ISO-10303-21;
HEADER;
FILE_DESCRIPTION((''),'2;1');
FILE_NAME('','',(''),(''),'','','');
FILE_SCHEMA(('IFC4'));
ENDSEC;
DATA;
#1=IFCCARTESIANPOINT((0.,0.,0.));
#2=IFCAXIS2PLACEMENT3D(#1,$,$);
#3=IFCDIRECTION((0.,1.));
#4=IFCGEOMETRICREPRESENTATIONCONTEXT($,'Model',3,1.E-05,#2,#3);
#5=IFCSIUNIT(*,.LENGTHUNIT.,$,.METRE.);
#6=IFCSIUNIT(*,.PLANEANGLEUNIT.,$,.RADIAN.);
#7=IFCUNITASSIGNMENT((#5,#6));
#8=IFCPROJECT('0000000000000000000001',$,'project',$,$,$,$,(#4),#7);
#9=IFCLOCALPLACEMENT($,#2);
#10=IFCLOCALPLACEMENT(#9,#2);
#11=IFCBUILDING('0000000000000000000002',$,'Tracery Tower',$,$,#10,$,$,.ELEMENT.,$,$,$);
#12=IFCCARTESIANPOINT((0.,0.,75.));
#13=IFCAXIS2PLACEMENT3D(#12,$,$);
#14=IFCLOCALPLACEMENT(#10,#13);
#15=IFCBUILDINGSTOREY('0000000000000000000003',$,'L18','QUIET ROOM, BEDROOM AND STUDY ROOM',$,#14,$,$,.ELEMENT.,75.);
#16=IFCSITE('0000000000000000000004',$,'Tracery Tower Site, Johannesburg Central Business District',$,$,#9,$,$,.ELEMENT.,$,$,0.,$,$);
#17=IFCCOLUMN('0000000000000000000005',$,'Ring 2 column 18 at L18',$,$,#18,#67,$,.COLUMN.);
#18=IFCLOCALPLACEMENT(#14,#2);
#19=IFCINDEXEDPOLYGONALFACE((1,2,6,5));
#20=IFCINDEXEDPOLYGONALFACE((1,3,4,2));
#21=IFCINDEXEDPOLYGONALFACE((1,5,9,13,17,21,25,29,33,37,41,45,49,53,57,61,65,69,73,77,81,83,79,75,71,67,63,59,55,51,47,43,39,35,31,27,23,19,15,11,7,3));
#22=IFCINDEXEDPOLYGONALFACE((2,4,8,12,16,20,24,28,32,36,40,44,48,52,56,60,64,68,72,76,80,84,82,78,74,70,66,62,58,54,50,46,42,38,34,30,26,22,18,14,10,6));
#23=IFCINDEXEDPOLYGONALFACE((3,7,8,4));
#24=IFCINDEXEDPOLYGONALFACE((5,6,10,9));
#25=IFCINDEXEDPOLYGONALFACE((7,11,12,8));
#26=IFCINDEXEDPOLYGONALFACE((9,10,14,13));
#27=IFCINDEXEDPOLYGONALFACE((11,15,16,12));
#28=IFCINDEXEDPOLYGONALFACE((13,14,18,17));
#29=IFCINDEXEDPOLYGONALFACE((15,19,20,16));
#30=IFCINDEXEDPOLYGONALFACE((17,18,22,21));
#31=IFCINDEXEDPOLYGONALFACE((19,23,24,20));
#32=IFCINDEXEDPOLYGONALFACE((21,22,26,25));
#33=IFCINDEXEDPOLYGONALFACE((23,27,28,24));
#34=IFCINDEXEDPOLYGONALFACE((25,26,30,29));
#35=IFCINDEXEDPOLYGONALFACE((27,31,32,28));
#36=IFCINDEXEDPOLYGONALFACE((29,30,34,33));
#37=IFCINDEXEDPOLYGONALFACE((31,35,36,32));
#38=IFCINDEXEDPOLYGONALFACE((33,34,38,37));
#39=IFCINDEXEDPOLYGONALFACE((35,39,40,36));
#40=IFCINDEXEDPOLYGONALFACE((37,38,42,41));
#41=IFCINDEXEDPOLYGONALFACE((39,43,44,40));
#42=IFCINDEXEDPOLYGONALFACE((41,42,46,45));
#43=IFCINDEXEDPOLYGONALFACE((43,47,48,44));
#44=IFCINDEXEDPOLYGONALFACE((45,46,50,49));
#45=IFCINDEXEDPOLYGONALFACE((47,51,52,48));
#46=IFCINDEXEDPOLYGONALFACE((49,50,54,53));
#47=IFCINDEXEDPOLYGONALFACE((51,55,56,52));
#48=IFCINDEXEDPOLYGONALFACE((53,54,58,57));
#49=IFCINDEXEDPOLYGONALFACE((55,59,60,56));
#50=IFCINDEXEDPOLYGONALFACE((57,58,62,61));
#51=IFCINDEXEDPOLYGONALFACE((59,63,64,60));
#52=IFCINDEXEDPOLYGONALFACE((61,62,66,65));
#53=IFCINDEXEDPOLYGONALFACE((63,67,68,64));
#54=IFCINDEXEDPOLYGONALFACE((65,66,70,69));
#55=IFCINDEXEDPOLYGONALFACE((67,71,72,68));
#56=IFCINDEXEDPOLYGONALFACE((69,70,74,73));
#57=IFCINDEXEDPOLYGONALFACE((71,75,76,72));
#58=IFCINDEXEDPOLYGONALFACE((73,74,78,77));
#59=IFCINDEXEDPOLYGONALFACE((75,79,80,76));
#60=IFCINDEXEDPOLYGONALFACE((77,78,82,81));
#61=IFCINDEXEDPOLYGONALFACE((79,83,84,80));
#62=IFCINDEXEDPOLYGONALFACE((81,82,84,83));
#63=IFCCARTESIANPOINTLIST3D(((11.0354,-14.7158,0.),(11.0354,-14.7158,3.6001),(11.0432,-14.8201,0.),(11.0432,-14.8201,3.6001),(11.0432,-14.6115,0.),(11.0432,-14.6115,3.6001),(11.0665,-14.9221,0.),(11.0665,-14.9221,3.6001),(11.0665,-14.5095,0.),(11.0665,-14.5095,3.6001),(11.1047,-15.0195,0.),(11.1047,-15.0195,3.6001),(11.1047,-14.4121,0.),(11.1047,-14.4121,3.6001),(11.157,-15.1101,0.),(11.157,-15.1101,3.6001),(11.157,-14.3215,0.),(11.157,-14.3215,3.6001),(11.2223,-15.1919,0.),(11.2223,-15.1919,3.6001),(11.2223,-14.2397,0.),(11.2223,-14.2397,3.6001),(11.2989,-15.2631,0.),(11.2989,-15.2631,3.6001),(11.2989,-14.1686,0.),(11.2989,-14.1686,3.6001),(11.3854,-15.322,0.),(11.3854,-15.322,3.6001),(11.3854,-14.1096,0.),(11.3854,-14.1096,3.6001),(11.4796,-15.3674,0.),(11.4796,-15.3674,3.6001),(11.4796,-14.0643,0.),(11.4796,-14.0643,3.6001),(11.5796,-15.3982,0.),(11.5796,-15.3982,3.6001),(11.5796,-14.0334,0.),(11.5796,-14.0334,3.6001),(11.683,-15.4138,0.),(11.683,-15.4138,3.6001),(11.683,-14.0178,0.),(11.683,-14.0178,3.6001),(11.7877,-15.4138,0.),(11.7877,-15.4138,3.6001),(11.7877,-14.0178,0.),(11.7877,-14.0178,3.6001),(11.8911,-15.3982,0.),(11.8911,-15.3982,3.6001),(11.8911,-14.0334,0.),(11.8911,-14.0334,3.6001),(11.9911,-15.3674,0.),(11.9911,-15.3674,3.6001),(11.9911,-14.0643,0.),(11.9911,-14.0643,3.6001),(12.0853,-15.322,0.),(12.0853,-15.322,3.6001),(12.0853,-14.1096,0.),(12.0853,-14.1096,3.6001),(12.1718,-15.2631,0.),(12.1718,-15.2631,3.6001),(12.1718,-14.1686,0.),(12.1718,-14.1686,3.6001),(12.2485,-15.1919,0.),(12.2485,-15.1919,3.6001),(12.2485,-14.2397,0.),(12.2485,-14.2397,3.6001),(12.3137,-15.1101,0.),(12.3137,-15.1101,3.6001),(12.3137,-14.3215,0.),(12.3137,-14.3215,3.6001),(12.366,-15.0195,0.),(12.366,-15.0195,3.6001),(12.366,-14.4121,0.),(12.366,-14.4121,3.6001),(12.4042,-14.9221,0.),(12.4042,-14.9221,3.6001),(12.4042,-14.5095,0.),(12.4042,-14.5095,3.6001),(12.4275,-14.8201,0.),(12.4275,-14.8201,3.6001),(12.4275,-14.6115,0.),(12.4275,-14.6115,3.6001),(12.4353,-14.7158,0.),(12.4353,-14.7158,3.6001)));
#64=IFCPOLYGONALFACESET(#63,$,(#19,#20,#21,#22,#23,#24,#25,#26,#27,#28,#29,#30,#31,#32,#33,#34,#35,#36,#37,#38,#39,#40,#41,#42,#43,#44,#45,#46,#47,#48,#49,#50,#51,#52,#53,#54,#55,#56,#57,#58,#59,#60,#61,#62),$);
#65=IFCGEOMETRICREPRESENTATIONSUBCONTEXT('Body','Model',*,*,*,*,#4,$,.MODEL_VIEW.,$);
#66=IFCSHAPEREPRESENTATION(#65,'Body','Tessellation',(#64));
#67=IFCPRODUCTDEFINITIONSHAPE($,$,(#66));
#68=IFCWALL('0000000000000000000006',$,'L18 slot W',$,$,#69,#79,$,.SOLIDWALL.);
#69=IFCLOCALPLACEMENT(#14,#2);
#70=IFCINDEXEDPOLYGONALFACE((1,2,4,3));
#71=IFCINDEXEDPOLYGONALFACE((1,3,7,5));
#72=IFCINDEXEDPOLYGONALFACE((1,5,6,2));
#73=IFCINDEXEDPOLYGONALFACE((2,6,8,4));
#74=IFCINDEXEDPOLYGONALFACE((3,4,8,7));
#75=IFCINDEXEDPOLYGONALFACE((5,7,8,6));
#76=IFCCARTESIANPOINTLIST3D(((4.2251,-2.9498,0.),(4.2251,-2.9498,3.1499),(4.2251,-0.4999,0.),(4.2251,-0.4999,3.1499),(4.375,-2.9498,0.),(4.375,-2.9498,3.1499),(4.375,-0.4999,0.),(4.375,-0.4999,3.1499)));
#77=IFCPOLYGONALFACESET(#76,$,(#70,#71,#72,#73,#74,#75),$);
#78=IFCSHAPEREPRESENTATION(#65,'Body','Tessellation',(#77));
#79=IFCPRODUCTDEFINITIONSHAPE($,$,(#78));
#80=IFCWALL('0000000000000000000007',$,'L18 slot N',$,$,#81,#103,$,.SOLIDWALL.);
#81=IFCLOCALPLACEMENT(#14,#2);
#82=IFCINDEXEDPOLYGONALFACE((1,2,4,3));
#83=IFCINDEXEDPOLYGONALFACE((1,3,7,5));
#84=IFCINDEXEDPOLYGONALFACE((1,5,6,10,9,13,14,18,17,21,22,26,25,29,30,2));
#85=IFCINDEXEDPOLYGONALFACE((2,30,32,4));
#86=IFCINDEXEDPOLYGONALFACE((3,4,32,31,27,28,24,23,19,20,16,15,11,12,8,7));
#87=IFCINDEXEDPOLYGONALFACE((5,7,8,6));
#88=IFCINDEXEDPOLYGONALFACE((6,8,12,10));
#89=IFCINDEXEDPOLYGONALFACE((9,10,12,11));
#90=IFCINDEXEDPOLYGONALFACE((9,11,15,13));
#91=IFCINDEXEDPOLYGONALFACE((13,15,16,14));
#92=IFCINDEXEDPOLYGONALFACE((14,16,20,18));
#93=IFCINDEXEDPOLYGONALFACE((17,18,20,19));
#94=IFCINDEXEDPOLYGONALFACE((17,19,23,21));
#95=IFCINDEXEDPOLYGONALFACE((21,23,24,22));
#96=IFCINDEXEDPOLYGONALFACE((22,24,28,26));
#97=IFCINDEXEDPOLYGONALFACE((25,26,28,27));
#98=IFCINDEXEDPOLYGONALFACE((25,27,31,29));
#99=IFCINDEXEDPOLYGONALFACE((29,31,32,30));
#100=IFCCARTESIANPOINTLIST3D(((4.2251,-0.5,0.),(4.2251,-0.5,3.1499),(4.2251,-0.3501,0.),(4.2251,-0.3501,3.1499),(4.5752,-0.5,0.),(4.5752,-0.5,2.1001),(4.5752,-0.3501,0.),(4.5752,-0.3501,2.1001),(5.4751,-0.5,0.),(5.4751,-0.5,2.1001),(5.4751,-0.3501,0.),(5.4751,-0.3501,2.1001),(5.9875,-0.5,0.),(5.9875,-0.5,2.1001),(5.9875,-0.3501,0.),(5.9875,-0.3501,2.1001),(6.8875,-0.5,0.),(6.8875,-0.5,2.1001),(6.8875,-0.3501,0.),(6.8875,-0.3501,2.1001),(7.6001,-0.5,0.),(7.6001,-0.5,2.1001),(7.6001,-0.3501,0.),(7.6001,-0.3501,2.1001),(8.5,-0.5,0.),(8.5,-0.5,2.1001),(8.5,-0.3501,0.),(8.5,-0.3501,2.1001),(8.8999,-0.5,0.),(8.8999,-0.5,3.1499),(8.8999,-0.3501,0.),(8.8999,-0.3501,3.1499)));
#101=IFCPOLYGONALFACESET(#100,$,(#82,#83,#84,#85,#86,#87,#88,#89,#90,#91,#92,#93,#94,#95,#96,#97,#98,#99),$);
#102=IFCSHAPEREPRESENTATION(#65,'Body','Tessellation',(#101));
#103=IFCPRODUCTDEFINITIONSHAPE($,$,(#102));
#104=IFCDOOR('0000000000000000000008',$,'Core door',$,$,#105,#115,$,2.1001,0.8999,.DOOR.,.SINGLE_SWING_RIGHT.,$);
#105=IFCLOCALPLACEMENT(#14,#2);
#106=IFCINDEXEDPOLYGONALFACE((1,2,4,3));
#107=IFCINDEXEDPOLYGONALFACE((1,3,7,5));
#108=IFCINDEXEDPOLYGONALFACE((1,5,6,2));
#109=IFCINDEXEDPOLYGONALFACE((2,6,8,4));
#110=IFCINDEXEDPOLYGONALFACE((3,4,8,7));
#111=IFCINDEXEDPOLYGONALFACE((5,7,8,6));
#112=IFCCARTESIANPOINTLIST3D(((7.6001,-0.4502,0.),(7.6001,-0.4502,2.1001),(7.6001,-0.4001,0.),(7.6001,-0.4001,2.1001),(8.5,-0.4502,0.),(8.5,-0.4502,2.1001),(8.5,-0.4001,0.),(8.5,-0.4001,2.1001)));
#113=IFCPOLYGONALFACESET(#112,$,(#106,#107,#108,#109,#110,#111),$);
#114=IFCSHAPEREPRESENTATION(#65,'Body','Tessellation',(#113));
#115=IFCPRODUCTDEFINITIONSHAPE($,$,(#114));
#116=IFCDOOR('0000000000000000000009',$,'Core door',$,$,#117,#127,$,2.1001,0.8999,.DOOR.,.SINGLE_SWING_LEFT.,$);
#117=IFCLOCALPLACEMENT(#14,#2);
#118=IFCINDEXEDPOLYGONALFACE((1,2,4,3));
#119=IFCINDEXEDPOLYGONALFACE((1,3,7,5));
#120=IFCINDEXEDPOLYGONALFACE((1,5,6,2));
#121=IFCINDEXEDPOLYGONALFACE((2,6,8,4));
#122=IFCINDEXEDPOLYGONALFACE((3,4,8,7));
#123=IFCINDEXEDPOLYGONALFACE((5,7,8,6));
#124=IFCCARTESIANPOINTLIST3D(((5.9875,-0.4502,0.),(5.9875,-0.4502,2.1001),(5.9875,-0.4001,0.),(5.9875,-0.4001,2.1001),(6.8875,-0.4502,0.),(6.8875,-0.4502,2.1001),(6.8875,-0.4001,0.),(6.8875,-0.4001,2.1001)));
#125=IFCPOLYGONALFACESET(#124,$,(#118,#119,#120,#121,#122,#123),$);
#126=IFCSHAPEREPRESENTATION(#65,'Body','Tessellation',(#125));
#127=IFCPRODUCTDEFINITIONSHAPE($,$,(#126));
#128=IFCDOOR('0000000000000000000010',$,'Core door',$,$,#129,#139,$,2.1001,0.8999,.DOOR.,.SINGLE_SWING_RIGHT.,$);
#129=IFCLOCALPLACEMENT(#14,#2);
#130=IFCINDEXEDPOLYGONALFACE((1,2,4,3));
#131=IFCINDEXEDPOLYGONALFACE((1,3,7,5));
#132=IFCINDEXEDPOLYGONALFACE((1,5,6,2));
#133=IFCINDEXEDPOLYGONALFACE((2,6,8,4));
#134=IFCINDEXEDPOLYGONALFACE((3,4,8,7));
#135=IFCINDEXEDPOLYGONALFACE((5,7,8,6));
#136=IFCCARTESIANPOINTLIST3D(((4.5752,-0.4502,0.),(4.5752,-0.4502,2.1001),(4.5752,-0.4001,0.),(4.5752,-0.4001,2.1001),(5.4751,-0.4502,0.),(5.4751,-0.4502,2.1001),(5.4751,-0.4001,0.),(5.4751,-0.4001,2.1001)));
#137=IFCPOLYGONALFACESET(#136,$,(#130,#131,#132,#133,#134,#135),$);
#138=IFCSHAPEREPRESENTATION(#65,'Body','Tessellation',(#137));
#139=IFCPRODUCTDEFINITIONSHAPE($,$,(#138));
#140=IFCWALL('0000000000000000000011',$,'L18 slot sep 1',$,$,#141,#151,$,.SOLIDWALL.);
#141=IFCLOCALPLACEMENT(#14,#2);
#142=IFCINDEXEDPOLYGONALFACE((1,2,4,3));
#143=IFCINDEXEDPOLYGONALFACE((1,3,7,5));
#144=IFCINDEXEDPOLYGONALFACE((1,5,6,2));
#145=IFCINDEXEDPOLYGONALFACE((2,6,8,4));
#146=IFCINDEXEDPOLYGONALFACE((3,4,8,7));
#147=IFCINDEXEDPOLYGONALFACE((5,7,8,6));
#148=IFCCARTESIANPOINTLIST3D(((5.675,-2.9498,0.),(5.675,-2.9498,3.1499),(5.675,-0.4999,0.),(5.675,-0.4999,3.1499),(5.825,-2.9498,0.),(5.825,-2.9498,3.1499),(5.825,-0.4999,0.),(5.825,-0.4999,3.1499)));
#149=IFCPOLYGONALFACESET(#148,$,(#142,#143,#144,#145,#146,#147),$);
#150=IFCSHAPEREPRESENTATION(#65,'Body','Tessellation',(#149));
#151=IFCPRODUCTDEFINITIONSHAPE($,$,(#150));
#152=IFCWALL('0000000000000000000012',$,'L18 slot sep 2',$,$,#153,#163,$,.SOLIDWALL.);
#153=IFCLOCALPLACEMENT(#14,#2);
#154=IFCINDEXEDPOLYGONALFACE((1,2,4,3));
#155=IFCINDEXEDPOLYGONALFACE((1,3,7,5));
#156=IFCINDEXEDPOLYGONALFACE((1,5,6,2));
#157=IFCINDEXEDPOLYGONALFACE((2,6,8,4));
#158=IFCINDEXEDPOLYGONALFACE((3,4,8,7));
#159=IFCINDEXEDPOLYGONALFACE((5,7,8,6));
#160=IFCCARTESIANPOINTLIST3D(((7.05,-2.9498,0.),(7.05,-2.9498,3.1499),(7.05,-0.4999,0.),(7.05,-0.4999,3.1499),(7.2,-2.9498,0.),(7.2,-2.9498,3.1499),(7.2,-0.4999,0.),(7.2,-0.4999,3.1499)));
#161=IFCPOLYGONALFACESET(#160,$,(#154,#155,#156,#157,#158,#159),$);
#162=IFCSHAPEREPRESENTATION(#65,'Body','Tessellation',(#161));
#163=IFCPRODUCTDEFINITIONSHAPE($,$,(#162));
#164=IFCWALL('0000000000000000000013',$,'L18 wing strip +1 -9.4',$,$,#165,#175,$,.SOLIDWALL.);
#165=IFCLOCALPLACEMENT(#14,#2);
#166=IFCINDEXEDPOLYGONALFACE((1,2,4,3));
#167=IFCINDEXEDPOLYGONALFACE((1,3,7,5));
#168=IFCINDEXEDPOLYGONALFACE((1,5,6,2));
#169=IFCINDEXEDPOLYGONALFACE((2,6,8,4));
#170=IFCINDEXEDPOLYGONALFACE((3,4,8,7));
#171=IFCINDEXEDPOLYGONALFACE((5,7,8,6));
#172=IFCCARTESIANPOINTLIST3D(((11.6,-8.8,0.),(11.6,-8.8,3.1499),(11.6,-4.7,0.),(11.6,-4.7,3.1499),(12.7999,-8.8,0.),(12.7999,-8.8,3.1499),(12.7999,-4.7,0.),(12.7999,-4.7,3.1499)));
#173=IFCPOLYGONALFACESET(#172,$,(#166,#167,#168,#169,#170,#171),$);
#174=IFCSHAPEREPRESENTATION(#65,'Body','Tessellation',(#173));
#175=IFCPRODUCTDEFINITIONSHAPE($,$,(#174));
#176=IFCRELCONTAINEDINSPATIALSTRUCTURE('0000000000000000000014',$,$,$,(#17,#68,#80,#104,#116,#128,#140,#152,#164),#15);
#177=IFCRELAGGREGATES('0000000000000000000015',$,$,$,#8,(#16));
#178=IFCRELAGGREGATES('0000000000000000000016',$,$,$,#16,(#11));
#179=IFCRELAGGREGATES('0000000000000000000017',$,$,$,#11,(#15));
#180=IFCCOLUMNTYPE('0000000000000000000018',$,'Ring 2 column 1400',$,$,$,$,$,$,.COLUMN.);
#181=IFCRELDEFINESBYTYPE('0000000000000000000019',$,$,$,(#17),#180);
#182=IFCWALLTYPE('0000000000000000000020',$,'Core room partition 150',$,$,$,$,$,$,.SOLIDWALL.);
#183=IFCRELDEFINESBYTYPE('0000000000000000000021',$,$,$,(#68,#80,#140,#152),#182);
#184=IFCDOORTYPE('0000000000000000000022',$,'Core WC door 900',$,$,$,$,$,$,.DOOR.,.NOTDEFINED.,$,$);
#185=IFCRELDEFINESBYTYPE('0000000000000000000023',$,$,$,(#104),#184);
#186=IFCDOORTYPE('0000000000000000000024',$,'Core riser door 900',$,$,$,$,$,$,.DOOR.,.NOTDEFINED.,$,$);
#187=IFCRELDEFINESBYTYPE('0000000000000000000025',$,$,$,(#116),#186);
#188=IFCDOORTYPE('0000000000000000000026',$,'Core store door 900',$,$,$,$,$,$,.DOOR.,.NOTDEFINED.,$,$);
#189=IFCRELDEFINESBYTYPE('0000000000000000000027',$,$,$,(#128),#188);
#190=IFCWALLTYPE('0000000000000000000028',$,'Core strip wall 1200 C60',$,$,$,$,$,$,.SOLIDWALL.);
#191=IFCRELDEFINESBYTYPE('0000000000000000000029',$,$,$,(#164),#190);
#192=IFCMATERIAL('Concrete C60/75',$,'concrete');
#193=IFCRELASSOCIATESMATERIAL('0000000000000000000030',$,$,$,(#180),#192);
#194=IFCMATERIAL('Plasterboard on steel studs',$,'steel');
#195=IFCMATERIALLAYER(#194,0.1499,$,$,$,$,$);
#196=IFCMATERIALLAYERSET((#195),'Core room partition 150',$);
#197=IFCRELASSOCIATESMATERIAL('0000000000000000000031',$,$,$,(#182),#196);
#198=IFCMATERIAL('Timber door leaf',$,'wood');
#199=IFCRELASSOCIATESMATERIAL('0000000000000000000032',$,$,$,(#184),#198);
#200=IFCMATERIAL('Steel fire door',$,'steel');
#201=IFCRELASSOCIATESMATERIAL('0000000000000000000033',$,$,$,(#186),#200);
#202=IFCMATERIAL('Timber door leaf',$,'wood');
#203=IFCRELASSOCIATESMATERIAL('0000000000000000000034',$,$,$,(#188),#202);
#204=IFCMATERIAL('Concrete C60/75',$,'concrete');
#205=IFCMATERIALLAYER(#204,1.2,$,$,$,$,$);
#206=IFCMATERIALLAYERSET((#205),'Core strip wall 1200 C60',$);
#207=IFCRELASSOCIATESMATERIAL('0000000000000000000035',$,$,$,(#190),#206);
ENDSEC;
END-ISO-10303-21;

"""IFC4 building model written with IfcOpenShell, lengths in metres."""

from ifc_helpers import new_model, si_unit, direction, frame, frame_2d, origin, origin_2d, place, context, subcontext, project, spatial, rectangle, circle, extrude, material, layer, layer_set, material_profile, profile_set, type_object, element, fill, save


model = new_model("IFC4")

# Units and contexts
model_context = context("Model", 3, precision=1e-05, world=origin(), true_north=direction((0.0, 1.0)))
body_context = subcontext(model_context, "Body", "Model", "MODEL_VIEW")
ifc_project = project(units=[si_unit("LENGTHUNIT", "METRE"), si_unit("PLANEANGLEUNIT", "RADIAN")], contexts=[model_context])

# Site, building, storey
site_placement = place(None, origin())
site = spatial("IfcSite", under=ifc_project, at=site_placement, Name="Tracery Tower Site, Johannesburg Central Business District", CompositionType="ELEMENT", RefElevation=0.0)
building_placement = place(site_placement, origin())
building = spatial("IfcBuilding", under=site, at=building_placement, Name="Tracery Tower", CompositionType="ELEMENT")
storey_placement = place(building_placement, frame((0.0, 0.0, 75.0)))
storey = spatial("IfcBuildingStorey", under=building, at=storey_placement, Name="L18", Description="QUIET ROOM, BEDROOM AND STUDY ROOM", CompositionType="ELEMENT", Elevation=75.0)

# Column
ifc_material_1 = material(Name="Concrete C60/75", Category="concrete")
ifc_material_profile = material_profile(ifc_material_1, circle(Radius=0.7, at=origin_2d()), Name="RC D1400")
ifc_profile_set = profile_set([ifc_material_profile], Name="Concrete C60/75")
column_type = type_object("IfcColumnType", Name="Ring 2 column 1400", PredefinedType="COLUMN", material=ifc_profile_set)
column_placement = place(storey_placement, frame((11.7354, -14.7158, 0.0), z_axis=(0.0, 0.0, 1.0), x_axis=(1.0, 0.0, 0.0)))
element("IfcColumn", 1, at=column_placement, inside=storey, type_object=column_type, Name="Ring 2 column 18 at L18", PredefinedType="COLUMN", context=body_context, shape_type="SweptSolid", body=[
    extrude(circle(Radius=0.7, at=origin_2d()), origin(), (0.0, 0.0, 1.0), 3.6001),
])

# Wall
ifc_material_2 = material(Name="Plasterboard on steel studs", Category="steel")
ifc_layer_1 = layer(ifc_material_2, 0.1499)
ifc_layer_set_1 = layer_set([ifc_layer_1], Name="Core room partition 150")
wall_type_1 = type_object("IfcWallType", Name="Core room partition 150", PredefinedType="SOLIDWALL", material=ifc_layer_set_1)
wall_1_placement = place(storey_placement, frame((4.3, -2.95, 0.0), z_axis=(0.0, 0.0, 1.0), x_axis=(0.0, 1.0, 0.0)))
element("IfcWall", 2, at=wall_1_placement, inside=storey, type_object=wall_type_1, Name="L18 slot W", PredefinedType="SOLIDWALL", context=body_context, shape_type="SweptSolid", body=[
    extrude(rectangle(XDim=2.45, YDim=0.1499, at=frame_2d((1.2251, 0.0))), origin(), (0.0, 0.0, 1.0), 3.1499),
])

# Wall, openings, doors
wall_2_placement = place(storey_placement, frame((4.2251, -0.425, 0.0), z_axis=(0.0, 0.0, 1.0), x_axis=(1.0, 0.0, 0.0)))
wall_2 = element("IfcWall", 3, at=wall_2_placement, inside=storey, type_object=wall_type_1, Name="L18 slot N", PredefinedType="SOLIDWALL", context=body_context, shape_type="SweptSolid", body=[
    extrude(rectangle(XDim=4.6748, YDim=0.1499, at=frame_2d((2.3374, 0.0))), origin(), (0.0, 0.0, 1.0), 3.1499),
])
opening_1_placement = place(wall_2_placement, frame((0.3501, 0.0, 0.0)))
opening_1 = element("IfcOpeningElement", 4, at=opening_1_placement, cuts=wall_2, PredefinedType="OPENING", context=body_context, shape_type="SweptSolid", body=[
    extrude(rectangle(XDim=0.8999, YDim=2.1001, at=frame_2d((0.45, 1.05))), frame((0.0, 0.075, 0.0), z_axis=(0.0, -1.0, 0.0), x_axis=(1.0, 0.0, 0.0)), (0.0, 0.0, 1.0), 0.1499),
])
opening_2_placement = place(wall_2_placement, frame((1.7625, 0.0, 0.0)))
opening_2 = element("IfcOpeningElement", 5, at=opening_2_placement, cuts=wall_2, PredefinedType="OPENING", context=body_context, shape_type="SweptSolid", body=[
    extrude(rectangle(XDim=0.8999, YDim=2.1001, at=frame_2d((0.45, 1.05))), frame((0.0, 0.075, 0.0), z_axis=(0.0, -1.0, 0.0), x_axis=(1.0, 0.0, 0.0)), (0.0, 0.0, 1.0), 0.1499),
])
opening_3_placement = place(wall_2_placement, frame((3.375, 0.0, 0.0)))
opening_3 = element("IfcOpeningElement", 6, at=opening_3_placement, cuts=wall_2, PredefinedType="OPENING", context=body_context, shape_type="SweptSolid", body=[
    extrude(rectangle(XDim=0.8999, YDim=2.1001, at=frame_2d((0.45, 1.05))), frame((0.0, 0.075, 0.0), z_axis=(0.0, -1.0, 0.0), x_axis=(1.0, 0.0, 0.0)), (0.0, 0.0, 1.0), 0.1499),
])
ifc_material_3 = material(Name="Timber door leaf", Category="wood")
door_type_1 = type_object("IfcDoorType", Name="Core WC door 900", OperationType="NOTDEFINED", PredefinedType="DOOR", material=ifc_material_3)
door_1_placement = place(opening_3_placement, origin())
door_1 = element("IfcDoor", 7, at=door_1_placement, inside=storey, type_object=door_type_1, Name="Core door", OperationType="SINGLE_SWING_RIGHT", OverallHeight=2.1001, OverallWidth=0.8999, PredefinedType="DOOR", context=body_context, shape_type="SweptSolid", body=[
    extrude(rectangle(XDim=0.8999, YDim=2.1001, at=frame_2d((0.45, 1.05))), frame((0.0, 0.0249, 0.0), z_axis=(0.0, -1.0, 0.0), x_axis=(1.0, 0.0, 0.0)), (0.0, 0.0, 1.0), 0.05),
])
fill(opening_3, door_1)
ifc_material_4 = material(Name="Steel fire door", Category="steel")
door_type_2 = type_object("IfcDoorType", Name="Core riser door 900", OperationType="NOTDEFINED", PredefinedType="DOOR", material=ifc_material_4)
door_2_placement = place(opening_2_placement, origin())
door_2 = element("IfcDoor", 8, at=door_2_placement, inside=storey, type_object=door_type_2, Name="Core door", OperationType="SINGLE_SWING_LEFT", OverallHeight=2.1001, OverallWidth=0.8999, PredefinedType="DOOR", context=body_context, shape_type="SweptSolid", body=[
    extrude(rectangle(XDim=0.8999, YDim=2.1001, at=frame_2d((0.45, 1.05))), frame((0.0, 0.0249, 0.0), z_axis=(0.0, -1.0, 0.0), x_axis=(1.0, 0.0, 0.0)), (0.0, 0.0, 1.0), 0.05),
])
fill(opening_2, door_2)
ifc_material_5 = material(Name="Timber door leaf", Category="wood")
door_type_3 = type_object("IfcDoorType", Name="Core store door 900", OperationType="NOTDEFINED", PredefinedType="DOOR", material=ifc_material_5)
door_3_placement = place(opening_1_placement, origin())
door_3 = element("IfcDoor", 9, at=door_3_placement, inside=storey, type_object=door_type_3, Name="Core door", OperationType="SINGLE_SWING_RIGHT", OverallHeight=2.1001, OverallWidth=0.8999, PredefinedType="DOOR", context=body_context, shape_type="SweptSolid", body=[
    extrude(rectangle(XDim=0.8999, YDim=2.1001, at=frame_2d((0.45, 1.05))), frame((0.0, 0.0249, 0.0), z_axis=(0.0, -1.0, 0.0), x_axis=(1.0, 0.0, 0.0)), (0.0, 0.0, 1.0), 0.05),
])
fill(opening_1, door_3)

# Walls
for number, where, z_axis, x_axis, name in (
    (10, (5.75, -2.95, 0.0), (0.0, 0.0, 1.0), (0.0, 1.0, 0.0), "L18 slot sep 1"),
    (11, (7.125, -2.95, 0.0), (0.0, 0.0, 1.0), (0.0, 1.0, 0.0), "L18 slot sep 2"),
):
    element("IfcWall", number, at=place(storey_placement, frame(where, z_axis=z_axis, x_axis=x_axis)), inside=storey, type_object=wall_type_1, Name=name, PredefinedType="SOLIDWALL", context=body_context, shape_type="SweptSolid", body=[
        extrude(rectangle(XDim=2.45, YDim=0.1499, at=frame_2d((1.2251, 0.0))), origin(), (0.0, 0.0, 1.0), 3.1499),
    ])
ifc_material_6 = material(Name="Concrete C60/75", Category="concrete")
ifc_layer_2 = layer(ifc_material_6, 1.2)
ifc_layer_set_2 = layer_set([ifc_layer_2], Name="Core strip wall 1200 C60")
wall_type_2 = type_object("IfcWallType", Name="Core strip wall 1200 C60", PredefinedType="SOLIDWALL", material=ifc_layer_set_2)
wall_3_placement = place(storey_placement, frame((12.2, -8.8, 0.0), z_axis=(0.0, 0.0, 1.0), x_axis=(0.0, 1.0, 0.0)))
element("IfcWall", 12, at=wall_3_placement, inside=storey, type_object=wall_type_2, Name="L18 wing strip +1 -9.4", PredefinedType="SOLIDWALL", context=body_context, shape_type="SweptSolid", body=[
    extrude(rectangle(XDim=4.1001, YDim=1.2, at=frame_2d((2.05, 0.0))), origin(), (0.0, 0.0, 1.0), 3.1499),
])

save(model, "model.ifc")
